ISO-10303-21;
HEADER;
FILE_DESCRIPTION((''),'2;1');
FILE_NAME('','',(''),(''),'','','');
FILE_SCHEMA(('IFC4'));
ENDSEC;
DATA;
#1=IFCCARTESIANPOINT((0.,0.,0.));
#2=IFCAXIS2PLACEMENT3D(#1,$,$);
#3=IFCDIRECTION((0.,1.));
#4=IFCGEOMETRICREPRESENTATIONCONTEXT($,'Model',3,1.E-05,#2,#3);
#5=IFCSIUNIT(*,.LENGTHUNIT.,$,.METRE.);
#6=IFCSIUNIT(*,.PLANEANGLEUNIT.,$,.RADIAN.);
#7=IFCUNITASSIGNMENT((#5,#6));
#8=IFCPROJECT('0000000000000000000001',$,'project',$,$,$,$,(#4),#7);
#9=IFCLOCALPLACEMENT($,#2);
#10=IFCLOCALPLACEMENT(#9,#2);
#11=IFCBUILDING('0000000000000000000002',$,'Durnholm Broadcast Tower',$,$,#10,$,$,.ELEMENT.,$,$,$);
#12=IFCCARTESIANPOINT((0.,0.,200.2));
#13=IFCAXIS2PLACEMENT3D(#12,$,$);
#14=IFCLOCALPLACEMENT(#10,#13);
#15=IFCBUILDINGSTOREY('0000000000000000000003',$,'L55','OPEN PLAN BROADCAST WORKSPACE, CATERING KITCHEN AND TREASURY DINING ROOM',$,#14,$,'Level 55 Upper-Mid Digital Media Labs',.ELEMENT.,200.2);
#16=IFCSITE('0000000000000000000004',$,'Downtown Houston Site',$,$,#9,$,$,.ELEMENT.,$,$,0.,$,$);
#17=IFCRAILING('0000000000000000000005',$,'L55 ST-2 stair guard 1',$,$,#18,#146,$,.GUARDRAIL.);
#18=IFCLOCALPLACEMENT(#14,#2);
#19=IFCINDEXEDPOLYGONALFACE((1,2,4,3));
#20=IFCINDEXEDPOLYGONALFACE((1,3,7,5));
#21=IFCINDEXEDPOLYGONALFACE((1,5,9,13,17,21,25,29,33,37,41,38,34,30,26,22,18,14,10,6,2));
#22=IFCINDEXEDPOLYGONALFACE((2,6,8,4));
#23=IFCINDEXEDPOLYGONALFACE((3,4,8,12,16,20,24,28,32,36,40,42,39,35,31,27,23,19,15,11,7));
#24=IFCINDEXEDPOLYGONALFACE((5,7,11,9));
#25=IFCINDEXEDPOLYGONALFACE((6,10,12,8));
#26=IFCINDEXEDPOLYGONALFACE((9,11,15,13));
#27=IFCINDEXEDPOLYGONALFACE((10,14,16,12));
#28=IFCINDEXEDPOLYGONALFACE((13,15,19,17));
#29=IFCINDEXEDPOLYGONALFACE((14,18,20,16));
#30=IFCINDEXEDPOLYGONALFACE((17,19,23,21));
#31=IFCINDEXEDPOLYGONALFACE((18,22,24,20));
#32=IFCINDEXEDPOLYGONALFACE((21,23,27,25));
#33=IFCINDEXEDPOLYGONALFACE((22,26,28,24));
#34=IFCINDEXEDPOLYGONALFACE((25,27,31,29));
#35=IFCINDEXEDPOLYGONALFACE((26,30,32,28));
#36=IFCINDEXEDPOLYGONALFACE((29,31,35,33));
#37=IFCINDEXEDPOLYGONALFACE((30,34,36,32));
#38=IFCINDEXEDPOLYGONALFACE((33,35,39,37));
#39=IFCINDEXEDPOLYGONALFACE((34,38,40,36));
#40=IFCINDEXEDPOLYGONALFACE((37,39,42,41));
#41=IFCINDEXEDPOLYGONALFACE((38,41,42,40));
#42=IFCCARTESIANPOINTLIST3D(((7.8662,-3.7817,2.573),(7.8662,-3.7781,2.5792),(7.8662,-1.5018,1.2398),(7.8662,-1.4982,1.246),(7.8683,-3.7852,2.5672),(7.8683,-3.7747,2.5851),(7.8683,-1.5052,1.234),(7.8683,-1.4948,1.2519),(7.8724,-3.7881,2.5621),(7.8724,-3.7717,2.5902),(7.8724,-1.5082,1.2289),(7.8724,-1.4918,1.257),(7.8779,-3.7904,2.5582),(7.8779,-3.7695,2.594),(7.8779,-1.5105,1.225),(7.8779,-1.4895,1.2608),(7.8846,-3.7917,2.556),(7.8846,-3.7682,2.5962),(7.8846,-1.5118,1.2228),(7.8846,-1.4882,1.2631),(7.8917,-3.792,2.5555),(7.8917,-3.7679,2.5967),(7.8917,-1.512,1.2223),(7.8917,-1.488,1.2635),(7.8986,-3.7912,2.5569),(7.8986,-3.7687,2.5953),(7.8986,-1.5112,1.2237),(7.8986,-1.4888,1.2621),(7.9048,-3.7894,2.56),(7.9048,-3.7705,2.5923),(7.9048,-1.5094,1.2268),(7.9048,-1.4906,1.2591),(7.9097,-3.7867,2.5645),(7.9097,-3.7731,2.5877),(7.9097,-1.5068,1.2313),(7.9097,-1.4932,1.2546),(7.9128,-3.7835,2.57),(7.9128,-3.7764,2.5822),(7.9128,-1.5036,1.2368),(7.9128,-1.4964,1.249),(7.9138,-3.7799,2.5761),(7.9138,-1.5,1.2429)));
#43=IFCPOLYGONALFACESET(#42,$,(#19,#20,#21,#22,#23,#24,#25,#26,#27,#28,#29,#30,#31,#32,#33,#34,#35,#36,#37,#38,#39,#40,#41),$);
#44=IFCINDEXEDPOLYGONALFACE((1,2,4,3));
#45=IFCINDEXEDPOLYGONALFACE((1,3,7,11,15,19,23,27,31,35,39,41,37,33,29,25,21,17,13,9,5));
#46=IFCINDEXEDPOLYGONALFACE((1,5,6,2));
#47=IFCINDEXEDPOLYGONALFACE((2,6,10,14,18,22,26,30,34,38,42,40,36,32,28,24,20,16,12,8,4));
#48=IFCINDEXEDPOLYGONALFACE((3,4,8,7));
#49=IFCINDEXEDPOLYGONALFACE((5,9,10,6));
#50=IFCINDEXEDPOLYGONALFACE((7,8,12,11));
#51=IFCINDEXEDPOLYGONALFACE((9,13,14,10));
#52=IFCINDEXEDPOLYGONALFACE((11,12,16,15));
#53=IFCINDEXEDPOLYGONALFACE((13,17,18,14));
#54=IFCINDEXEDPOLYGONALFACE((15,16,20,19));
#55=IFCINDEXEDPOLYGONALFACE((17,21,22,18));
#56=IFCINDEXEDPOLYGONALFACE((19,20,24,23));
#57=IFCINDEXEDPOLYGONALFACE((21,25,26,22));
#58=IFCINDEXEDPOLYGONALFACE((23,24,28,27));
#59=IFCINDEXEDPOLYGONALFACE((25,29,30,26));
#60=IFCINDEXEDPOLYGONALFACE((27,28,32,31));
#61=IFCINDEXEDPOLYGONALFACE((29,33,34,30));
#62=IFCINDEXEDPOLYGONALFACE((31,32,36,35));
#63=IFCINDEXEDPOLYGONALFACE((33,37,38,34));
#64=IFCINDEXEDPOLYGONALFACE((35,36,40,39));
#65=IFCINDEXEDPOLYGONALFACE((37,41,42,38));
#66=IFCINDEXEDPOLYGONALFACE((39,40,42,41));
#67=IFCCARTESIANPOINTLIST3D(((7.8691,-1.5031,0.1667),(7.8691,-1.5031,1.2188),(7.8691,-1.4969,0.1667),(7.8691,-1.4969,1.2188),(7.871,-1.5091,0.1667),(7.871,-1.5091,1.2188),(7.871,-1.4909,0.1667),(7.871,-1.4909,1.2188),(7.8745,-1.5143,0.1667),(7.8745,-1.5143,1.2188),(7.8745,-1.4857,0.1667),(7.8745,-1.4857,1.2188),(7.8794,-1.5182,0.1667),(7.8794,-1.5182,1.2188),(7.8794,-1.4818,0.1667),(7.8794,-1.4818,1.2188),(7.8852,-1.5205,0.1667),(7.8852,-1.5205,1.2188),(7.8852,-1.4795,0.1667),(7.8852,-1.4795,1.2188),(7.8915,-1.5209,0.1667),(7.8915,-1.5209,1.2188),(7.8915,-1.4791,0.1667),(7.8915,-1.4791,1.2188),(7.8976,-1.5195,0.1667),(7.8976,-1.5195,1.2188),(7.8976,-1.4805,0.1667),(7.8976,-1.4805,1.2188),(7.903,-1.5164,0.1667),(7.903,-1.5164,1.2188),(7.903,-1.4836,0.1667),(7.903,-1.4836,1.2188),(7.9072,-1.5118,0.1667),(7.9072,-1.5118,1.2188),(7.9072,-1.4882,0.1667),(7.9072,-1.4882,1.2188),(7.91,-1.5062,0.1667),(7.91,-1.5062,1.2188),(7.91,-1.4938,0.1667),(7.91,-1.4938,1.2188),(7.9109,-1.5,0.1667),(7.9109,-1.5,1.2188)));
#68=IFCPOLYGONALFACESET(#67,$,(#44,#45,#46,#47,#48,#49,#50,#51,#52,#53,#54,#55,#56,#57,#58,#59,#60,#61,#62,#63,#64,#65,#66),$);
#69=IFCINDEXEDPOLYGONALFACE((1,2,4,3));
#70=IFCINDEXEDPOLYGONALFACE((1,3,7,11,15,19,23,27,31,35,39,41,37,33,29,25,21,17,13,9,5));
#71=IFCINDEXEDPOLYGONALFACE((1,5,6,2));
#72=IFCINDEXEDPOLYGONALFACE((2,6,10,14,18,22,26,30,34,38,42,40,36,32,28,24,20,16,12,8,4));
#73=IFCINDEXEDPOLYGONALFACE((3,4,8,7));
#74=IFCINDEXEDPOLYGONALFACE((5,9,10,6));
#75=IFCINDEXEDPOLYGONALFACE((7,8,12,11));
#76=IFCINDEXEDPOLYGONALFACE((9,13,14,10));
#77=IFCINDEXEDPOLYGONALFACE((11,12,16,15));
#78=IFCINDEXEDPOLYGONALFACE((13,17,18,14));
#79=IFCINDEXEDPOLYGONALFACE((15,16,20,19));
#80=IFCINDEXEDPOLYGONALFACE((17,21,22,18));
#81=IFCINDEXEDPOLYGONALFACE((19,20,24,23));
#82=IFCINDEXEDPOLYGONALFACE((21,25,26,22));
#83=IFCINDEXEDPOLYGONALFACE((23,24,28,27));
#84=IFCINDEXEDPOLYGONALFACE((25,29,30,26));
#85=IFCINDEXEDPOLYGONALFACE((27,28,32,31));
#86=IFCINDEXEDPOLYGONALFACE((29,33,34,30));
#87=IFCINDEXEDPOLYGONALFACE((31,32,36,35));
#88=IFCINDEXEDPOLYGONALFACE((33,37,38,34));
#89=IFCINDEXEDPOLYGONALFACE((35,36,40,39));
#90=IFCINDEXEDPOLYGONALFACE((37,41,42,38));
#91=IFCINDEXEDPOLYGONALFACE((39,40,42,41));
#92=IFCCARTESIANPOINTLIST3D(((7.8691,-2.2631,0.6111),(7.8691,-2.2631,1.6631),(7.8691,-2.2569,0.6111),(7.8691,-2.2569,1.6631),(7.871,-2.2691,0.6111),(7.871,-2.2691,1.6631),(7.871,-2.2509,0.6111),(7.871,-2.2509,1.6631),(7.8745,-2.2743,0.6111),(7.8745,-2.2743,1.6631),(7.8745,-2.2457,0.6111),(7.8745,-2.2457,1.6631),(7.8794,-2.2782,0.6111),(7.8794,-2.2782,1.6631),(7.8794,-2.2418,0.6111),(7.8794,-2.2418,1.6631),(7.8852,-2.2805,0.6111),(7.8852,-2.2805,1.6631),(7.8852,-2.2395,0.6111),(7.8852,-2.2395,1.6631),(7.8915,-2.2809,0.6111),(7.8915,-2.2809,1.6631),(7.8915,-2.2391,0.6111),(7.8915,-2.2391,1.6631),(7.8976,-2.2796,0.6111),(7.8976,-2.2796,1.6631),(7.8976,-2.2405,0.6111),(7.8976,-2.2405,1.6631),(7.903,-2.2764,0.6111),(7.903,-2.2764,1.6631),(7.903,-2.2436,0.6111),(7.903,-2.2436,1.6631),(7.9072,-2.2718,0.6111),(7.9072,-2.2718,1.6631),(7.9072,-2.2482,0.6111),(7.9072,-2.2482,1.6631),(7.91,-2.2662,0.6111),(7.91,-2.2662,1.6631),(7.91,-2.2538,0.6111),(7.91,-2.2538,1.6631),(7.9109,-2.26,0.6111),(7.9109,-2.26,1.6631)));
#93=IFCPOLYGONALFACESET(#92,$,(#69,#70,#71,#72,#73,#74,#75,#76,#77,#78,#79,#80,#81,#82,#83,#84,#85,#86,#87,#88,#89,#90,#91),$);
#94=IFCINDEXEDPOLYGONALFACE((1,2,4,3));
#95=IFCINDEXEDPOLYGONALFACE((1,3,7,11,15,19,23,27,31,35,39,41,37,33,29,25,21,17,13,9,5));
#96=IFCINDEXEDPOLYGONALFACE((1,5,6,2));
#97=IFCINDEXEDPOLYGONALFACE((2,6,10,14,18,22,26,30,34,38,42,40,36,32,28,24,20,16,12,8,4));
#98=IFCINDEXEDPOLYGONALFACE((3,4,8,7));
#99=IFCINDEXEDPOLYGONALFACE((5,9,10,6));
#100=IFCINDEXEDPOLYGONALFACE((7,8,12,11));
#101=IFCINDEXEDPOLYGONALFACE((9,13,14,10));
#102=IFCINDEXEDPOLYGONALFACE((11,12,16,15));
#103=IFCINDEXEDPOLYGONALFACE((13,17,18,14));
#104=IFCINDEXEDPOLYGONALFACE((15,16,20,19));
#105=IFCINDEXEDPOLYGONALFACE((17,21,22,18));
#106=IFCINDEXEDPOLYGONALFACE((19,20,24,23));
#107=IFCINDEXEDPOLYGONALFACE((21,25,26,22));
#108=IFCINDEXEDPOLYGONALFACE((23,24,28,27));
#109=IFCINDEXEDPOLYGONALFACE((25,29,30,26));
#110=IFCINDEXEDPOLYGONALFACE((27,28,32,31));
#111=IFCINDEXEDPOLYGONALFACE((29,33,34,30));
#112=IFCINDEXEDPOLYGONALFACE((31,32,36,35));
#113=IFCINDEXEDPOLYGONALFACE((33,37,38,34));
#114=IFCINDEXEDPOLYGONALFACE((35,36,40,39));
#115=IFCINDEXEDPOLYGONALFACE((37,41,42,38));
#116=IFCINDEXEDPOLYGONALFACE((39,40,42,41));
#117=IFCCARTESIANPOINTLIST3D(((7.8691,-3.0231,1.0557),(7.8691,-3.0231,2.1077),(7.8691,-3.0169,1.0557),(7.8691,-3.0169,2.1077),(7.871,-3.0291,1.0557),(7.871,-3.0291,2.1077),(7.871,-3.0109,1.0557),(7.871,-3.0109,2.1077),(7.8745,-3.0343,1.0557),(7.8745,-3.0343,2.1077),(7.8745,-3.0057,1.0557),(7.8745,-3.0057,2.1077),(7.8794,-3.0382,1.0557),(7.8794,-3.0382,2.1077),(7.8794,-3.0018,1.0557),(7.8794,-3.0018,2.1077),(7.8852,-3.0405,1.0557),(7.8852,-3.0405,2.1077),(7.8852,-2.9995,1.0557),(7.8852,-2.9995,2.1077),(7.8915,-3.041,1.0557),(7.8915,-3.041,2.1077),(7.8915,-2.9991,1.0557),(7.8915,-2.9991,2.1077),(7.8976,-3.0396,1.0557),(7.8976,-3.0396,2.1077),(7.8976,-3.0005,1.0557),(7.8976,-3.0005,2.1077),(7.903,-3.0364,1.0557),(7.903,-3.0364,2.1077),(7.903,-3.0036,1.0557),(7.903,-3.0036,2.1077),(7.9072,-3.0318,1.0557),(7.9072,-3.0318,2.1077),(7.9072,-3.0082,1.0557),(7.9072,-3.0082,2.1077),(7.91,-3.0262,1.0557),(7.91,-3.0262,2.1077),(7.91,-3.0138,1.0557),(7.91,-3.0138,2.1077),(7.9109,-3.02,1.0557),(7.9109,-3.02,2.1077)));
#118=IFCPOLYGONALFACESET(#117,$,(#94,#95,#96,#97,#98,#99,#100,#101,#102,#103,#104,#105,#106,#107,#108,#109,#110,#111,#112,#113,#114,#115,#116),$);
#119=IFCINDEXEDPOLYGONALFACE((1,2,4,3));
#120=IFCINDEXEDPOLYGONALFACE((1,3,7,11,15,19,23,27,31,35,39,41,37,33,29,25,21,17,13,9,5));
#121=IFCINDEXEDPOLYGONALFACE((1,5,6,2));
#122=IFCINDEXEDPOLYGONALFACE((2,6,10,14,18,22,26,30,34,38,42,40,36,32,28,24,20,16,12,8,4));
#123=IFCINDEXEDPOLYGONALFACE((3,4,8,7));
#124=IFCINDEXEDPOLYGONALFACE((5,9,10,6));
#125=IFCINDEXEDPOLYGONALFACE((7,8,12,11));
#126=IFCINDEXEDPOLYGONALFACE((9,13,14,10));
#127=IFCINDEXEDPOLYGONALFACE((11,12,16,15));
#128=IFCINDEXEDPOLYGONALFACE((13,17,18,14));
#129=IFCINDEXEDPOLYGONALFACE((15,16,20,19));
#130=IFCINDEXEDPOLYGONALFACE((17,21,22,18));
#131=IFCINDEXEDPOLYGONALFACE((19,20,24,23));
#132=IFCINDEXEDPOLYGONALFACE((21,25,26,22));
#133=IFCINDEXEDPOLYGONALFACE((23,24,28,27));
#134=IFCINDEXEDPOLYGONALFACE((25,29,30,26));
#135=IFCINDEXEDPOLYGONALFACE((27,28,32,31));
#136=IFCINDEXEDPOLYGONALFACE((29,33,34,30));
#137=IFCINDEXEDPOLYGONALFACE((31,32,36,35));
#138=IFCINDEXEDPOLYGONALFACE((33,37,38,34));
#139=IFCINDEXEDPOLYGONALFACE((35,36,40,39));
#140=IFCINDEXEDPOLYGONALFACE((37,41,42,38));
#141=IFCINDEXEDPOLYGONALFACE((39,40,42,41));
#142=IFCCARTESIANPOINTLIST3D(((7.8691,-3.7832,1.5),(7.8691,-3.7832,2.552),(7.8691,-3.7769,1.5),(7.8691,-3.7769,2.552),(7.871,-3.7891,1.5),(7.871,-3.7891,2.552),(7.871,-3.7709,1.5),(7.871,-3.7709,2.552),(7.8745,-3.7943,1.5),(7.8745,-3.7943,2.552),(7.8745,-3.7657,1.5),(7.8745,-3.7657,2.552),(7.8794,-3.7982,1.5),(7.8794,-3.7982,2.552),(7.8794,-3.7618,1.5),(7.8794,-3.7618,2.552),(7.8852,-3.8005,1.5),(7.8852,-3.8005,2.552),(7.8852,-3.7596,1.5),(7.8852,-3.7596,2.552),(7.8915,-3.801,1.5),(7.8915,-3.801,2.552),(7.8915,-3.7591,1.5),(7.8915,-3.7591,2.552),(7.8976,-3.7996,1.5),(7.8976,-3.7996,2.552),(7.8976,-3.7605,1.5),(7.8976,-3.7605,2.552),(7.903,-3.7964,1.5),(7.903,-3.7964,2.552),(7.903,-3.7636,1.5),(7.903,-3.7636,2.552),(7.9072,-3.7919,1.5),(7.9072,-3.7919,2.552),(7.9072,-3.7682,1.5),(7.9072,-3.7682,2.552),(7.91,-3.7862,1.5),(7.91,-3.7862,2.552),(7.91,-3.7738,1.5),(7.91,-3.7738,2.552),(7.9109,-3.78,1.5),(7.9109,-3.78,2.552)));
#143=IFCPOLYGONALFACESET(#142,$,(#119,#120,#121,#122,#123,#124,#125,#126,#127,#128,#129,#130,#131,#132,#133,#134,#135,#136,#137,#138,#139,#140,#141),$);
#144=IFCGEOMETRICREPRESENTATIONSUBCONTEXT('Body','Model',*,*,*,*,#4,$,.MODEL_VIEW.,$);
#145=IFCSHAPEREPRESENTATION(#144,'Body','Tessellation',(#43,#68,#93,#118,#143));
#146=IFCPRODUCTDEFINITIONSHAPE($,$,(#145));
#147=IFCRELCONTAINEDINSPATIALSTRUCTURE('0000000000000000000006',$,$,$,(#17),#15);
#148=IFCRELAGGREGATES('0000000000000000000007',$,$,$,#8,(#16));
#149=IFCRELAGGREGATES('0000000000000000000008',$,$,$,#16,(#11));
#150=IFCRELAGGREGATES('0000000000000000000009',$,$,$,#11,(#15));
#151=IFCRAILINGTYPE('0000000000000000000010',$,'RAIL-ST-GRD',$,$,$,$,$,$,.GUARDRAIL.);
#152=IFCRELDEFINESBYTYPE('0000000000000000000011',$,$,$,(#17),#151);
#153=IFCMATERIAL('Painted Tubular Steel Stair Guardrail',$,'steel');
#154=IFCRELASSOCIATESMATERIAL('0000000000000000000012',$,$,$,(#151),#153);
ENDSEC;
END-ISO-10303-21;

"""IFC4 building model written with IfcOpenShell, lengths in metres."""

from ifc_helpers import new_model, si_unit, direction, frame, origin, origin_2d, place, context, subcontext, project, spatial, circle, extrude, material, type_object, element, save


model = new_model("IFC4")

# Units and contexts
model_context = context("Model", 3, precision=1e-05, world=origin(), true_north=direction((0.0, 1.0)))
body_context = subcontext(model_context, "Body", "Model", "MODEL_VIEW")
ifc_project = project(units=[si_unit("LENGTHUNIT", "METRE"), si_unit("PLANEANGLEUNIT", "RADIAN")], contexts=[model_context])

# Site, building, storey
site_placement = place(None, origin())
site = spatial("IfcSite", under=ifc_project, at=site_placement, Name="Downtown Houston Site", CompositionType="ELEMENT", RefElevation=0.0)
building_placement = place(site_placement, origin())
building = spatial("IfcBuilding", under=site, at=building_placement, Name="Durnholm Broadcast Tower", CompositionType="ELEMENT")
storey_placement = place(building_placement, frame((0.0, 0.0, 200.2)))
storey = spatial("IfcBuildingStorey", under=building, at=storey_placement, Name="L55", Description="OPEN PLAN BROADCAST WORKSPACE, CATERING KITCHEN AND TREASURY DINING ROOM", LongName="Level 55 Upper-Mid Digital Media Labs", CompositionType="ELEMENT", Elevation=200.2)

# Railing
ifc_material_1 = material(Name="Painted Tubular Steel Stair Guardrail", Category="steel")
railing_type_1 = type_object("IfcRailingType", Name="RAIL-ST-GRD", PredefinedType="GUARDRAIL", material=ifc_material_1)
railing_1_placement = place(storey_placement, frame((7.8899, -1.5, 0.1667)))
element("IfcRailing", 1, at=railing_1_placement, inside=storey, type_object=railing_type_1, Name="L55 ST-2 stair guard 1", PredefinedType="GUARDRAIL", context=body_context, shape_type="SweptSolid", body=[
    extrude(circle(Radius=0.0239, at=origin_2d()), frame((0.0, 0.0, 1.0762), z_axis=(0.0, -0.863245, 0.504785), x_axis=(1.0, 0.0, 0.0)), (0.0, 0.0, 1.0), 2.6411),
    extrude(circle(Radius=0.021, at=origin_2d()), origin(), (0.0, 0.0, 1.0), 1.052),
    extrude(circle(Radius=0.021, at=origin_2d()), frame((0.0, -0.76, 0.4443)), (0.0, 0.0, 1.0), 1.052),
    extrude(circle(Radius=0.021, at=origin_2d()), frame((0.0, -1.52, 0.8889)), (0.0, 0.0, 1.0), 1.052),
    extrude(circle(Radius=0.021, at=origin_2d()), frame((0.0, -2.28, 1.3333)), (0.0, 0.0, 1.0), 1.052),
])

save(model, "model.ifc")
